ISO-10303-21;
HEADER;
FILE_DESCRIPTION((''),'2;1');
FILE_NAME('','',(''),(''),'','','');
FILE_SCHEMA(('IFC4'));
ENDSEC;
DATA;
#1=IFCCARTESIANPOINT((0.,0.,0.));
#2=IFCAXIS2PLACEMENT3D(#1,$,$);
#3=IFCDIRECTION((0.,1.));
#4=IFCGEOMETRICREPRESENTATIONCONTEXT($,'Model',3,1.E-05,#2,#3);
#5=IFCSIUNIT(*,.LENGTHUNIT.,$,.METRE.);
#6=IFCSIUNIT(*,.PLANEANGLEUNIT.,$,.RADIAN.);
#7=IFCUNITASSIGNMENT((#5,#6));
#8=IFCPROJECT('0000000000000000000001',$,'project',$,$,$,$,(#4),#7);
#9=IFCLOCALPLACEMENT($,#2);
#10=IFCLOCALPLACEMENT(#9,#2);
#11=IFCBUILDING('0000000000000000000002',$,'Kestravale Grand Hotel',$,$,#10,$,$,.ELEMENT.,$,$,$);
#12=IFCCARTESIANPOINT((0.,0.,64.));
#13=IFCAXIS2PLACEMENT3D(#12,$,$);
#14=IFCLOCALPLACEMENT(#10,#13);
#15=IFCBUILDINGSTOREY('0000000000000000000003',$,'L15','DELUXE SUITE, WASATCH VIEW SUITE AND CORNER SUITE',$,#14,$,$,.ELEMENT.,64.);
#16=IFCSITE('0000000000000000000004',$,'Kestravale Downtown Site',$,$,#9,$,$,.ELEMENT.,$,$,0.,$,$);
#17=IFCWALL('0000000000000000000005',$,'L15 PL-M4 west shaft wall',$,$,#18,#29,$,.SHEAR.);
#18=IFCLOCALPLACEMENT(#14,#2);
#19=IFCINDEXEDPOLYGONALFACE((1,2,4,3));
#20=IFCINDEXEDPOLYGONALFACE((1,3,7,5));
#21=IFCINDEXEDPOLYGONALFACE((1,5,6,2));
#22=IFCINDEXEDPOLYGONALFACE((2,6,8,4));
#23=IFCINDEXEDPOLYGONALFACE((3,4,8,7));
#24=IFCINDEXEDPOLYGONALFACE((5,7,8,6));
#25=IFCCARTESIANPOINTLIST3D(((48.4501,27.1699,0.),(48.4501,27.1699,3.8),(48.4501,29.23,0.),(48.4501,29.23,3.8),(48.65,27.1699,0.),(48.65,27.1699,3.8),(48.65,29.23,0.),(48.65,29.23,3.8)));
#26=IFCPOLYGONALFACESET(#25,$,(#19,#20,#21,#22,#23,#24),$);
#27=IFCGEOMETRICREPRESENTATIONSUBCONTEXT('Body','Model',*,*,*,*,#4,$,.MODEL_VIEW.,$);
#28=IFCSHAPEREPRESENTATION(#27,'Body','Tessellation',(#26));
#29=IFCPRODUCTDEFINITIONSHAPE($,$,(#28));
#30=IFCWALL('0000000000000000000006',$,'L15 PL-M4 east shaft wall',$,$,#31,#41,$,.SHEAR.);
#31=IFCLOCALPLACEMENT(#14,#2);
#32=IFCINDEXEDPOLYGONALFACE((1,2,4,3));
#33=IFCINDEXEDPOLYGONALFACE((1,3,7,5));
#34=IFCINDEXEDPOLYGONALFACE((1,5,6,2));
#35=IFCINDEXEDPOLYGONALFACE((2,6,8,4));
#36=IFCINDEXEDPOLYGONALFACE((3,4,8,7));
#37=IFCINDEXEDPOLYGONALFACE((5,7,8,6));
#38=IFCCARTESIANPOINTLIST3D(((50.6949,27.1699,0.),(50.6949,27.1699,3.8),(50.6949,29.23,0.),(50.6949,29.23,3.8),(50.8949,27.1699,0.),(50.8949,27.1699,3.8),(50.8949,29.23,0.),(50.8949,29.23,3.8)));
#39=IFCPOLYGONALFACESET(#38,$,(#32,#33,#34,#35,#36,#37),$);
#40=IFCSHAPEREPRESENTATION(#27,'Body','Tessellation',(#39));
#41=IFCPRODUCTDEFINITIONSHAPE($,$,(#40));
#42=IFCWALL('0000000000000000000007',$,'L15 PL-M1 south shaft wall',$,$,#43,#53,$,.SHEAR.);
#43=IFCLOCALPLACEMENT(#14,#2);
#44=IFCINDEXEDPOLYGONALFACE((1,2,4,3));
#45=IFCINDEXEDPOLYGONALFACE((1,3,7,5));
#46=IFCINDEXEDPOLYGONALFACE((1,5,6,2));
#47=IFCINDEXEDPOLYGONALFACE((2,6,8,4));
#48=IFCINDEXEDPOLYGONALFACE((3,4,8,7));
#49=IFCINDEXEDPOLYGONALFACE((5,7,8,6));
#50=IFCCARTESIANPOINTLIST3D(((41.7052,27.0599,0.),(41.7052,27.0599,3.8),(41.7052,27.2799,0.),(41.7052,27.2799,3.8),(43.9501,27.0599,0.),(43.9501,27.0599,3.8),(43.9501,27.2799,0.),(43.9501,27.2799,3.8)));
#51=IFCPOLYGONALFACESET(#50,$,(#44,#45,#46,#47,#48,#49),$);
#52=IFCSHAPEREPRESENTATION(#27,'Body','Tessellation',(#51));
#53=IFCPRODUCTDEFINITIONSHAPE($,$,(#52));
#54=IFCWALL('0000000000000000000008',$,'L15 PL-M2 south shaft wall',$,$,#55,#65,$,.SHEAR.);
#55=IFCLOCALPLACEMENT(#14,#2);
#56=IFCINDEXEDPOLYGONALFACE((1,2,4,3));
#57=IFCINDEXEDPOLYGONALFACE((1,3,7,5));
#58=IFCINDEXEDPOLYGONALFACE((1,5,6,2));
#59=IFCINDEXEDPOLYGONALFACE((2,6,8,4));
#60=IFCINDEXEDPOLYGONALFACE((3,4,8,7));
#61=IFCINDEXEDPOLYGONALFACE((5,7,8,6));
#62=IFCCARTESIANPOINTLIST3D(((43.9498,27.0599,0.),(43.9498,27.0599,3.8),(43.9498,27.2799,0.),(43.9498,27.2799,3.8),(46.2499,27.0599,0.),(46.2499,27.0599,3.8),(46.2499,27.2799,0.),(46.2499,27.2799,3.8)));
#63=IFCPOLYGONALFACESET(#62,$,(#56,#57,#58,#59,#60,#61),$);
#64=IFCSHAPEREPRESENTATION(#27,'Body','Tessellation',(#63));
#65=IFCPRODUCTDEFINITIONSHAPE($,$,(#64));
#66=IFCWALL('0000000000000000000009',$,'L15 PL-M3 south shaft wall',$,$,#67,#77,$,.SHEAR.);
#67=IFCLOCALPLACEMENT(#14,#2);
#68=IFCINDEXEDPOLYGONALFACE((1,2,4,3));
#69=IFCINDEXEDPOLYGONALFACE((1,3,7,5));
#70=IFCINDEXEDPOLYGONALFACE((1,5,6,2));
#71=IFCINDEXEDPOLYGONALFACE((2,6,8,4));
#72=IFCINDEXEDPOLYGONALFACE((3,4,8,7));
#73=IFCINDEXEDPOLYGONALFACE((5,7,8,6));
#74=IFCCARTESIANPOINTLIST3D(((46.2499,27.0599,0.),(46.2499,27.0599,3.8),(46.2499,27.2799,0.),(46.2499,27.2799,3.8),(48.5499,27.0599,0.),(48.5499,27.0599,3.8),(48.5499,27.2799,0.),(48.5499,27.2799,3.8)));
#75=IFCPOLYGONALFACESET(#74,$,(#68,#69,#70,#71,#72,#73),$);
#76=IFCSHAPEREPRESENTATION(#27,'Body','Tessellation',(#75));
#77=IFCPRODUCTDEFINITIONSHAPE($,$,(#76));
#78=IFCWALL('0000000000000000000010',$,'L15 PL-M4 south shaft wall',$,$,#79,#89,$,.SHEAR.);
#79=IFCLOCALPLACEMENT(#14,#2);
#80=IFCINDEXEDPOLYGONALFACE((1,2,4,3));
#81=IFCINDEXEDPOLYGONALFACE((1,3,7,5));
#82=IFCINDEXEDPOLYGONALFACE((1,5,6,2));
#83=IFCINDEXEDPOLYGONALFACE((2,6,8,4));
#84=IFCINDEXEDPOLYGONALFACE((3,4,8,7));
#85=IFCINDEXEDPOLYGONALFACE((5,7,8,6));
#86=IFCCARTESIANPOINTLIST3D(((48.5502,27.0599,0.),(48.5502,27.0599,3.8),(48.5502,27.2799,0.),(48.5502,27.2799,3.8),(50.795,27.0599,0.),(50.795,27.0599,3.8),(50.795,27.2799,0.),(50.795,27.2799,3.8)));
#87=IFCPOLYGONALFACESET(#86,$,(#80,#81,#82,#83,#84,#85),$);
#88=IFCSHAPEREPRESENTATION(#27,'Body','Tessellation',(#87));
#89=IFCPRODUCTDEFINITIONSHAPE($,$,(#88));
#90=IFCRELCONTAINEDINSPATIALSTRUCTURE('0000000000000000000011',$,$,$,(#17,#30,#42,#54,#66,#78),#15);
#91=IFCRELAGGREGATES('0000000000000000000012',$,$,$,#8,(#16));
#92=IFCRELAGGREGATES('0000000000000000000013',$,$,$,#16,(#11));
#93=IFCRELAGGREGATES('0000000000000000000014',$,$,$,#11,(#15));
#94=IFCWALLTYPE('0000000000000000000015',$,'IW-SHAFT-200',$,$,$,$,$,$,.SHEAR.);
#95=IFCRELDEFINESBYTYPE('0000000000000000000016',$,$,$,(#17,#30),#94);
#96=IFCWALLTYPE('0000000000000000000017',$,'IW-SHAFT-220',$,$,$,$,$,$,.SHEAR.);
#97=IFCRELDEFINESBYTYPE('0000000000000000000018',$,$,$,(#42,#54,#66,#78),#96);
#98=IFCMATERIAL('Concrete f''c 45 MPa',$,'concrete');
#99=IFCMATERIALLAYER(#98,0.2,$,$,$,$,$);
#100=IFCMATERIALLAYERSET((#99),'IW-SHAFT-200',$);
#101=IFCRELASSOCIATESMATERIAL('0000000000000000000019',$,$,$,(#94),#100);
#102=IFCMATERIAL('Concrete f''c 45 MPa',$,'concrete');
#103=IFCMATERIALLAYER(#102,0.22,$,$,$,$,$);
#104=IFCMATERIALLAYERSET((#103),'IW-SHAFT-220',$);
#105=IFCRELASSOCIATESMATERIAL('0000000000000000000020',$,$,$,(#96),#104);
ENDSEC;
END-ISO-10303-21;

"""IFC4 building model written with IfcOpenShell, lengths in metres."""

from ifc_helpers import new_model, si_unit, direction, frame, frame_2d, origin, place, context, subcontext, project, spatial, rectangle, extrude, material, layer, layer_set, type_object, element, save


model = new_model("IFC4")

# Units and contexts
model_context = context("Model", 3, precision=1e-05, world=origin(), true_north=direction((0.0, 1.0)))
body_context = subcontext(model_context, "Body", "Model", "MODEL_VIEW")
ifc_project = project(units=[si_unit("LENGTHUNIT", "METRE"), si_unit("PLANEANGLEUNIT", "RADIAN")], contexts=[model_context])

# Site, building, storey
site_placement = place(None, origin())
site = spatial("IfcSite", under=ifc_project, at=site_placement, Name="Kestravale Downtown Site", CompositionType="ELEMENT", RefElevation=0.0)
building_placement = place(site_placement, origin())
building = spatial("IfcBuilding", under=site, at=building_placement, Name="Kestravale Grand Hotel", CompositionType="ELEMENT")
storey_placement = place(building_placement, frame((0.0, 0.0, 64.0)))
storey = spatial("IfcBuildingStorey", under=building, at=storey_placement, Name="L15", Description="DELUXE SUITE, WASATCH VIEW SUITE AND CORNER SUITE", CompositionType="ELEMENT", Elevation=64.0)

# Walls
ifc_material_1 = material(Name="Concrete f'c 45 MPa", Category="concrete")
ifc_layer_1 = layer(ifc_material_1, 0.2)
ifc_layer_set_1 = layer_set([ifc_layer_1], Name="IW-SHAFT-200")
wall_type_1 = type_object("IfcWallType", Name="IW-SHAFT-200", PredefinedType="SHEAR", material=ifc_layer_set_1)
for number, where, z_axis, x_axis, name in (
    (1, (48.55, 27.1699, 0.0), (0.0, 0.0, 1.0), (0.0, 1.0, 0.0), "L15 PL-M4 west shaft wall"),
    (2, (50.7949, 27.1699, 0.0), (0.0, 0.0, 1.0), (0.0, 1.0, 0.0), "L15 PL-M4 east shaft wall"),
):
    element("IfcWall", number, at=place(storey_placement, frame(where, z_axis=z_axis, x_axis=x_axis)), inside=storey, type_object=wall_type_1, Name=name, PredefinedType="SHEAR", context=body_context, shape_type="SweptSolid", body=[
        extrude(rectangle(XDim=2.0601, YDim=0.2, at=frame_2d((1.03, 0.0))), origin(), (0.0, 0.0, 1.0), 3.8),
    ])
ifc_material_2 = material(Name="Concrete f'c 45 MPa", Category="concrete")
ifc_layer_2 = layer(ifc_material_2, 0.22)
ifc_layer_set_2 = layer_set([ifc_layer_2], Name="IW-SHAFT-220")
wall_type_2 = type_object("IfcWallType", Name="IW-SHAFT-220", PredefinedType="SHEAR", material=ifc_layer_set_2)
wall_1_placement = place(storey_placement, frame((41.7051, 27.1699, 0.0), z_axis=(0.0, 0.0, 1.0), x_axis=(1.0, 0.0, 0.0)))
element("IfcWall", 3, at=wall_1_placement, inside=storey, type_object=wall_type_2, Name="L15 PL-M1 south shaft wall", PredefinedType="SHEAR", context=body_context, shape_type="SweptSolid", body=[
    extrude(rectangle(XDim=2.2449, YDim=0.22, at=frame_2d((1.1226, 0.0))), origin(), (0.0, 0.0, 1.0), 3.8),
])
for number, where, z_axis, x_axis, name in (
    (4, (43.95, 27.1699, 0.0), (0.0, 0.0, 1.0), (1.0, 0.0, 0.0), "L15 PL-M2 south shaft wall"),
    (5, (46.25, 27.1699, 0.0), (0.0, 0.0, 1.0), (1.0, 0.0, 0.0), "L15 PL-M3 south shaft wall"),
):
    element("IfcWall", number, at=place(storey_placement, frame(where, z_axis=z_axis, x_axis=x_axis)), inside=storey, type_object=wall_type_2, Name=name, PredefinedType="SHEAR", context=body_context, shape_type="SweptSolid", body=[
        extrude(rectangle(XDim=2.3, YDim=0.22, at=frame_2d((1.1499, 0.0))), origin(), (0.0, 0.0, 1.0), 3.8),
    ])
wall_2_placement = place(storey_placement, frame((48.55, 27.1699, 0.0), z_axis=(0.0, 0.0, 1.0), x_axis=(1.0, 0.0, 0.0)))
element("IfcWall", 6, at=wall_2_placement, inside=storey, type_object=wall_type_2, Name="L15 PL-M4 south shaft wall", PredefinedType="SHEAR", context=body_context, shape_type="SweptSolid", body=[
    extrude(rectangle(XDim=2.2449, YDim=0.22, at=frame_2d((1.1226, 0.0))), origin(), (0.0, 0.0, 1.0), 3.8),
])

save(model, "model.ifc")
